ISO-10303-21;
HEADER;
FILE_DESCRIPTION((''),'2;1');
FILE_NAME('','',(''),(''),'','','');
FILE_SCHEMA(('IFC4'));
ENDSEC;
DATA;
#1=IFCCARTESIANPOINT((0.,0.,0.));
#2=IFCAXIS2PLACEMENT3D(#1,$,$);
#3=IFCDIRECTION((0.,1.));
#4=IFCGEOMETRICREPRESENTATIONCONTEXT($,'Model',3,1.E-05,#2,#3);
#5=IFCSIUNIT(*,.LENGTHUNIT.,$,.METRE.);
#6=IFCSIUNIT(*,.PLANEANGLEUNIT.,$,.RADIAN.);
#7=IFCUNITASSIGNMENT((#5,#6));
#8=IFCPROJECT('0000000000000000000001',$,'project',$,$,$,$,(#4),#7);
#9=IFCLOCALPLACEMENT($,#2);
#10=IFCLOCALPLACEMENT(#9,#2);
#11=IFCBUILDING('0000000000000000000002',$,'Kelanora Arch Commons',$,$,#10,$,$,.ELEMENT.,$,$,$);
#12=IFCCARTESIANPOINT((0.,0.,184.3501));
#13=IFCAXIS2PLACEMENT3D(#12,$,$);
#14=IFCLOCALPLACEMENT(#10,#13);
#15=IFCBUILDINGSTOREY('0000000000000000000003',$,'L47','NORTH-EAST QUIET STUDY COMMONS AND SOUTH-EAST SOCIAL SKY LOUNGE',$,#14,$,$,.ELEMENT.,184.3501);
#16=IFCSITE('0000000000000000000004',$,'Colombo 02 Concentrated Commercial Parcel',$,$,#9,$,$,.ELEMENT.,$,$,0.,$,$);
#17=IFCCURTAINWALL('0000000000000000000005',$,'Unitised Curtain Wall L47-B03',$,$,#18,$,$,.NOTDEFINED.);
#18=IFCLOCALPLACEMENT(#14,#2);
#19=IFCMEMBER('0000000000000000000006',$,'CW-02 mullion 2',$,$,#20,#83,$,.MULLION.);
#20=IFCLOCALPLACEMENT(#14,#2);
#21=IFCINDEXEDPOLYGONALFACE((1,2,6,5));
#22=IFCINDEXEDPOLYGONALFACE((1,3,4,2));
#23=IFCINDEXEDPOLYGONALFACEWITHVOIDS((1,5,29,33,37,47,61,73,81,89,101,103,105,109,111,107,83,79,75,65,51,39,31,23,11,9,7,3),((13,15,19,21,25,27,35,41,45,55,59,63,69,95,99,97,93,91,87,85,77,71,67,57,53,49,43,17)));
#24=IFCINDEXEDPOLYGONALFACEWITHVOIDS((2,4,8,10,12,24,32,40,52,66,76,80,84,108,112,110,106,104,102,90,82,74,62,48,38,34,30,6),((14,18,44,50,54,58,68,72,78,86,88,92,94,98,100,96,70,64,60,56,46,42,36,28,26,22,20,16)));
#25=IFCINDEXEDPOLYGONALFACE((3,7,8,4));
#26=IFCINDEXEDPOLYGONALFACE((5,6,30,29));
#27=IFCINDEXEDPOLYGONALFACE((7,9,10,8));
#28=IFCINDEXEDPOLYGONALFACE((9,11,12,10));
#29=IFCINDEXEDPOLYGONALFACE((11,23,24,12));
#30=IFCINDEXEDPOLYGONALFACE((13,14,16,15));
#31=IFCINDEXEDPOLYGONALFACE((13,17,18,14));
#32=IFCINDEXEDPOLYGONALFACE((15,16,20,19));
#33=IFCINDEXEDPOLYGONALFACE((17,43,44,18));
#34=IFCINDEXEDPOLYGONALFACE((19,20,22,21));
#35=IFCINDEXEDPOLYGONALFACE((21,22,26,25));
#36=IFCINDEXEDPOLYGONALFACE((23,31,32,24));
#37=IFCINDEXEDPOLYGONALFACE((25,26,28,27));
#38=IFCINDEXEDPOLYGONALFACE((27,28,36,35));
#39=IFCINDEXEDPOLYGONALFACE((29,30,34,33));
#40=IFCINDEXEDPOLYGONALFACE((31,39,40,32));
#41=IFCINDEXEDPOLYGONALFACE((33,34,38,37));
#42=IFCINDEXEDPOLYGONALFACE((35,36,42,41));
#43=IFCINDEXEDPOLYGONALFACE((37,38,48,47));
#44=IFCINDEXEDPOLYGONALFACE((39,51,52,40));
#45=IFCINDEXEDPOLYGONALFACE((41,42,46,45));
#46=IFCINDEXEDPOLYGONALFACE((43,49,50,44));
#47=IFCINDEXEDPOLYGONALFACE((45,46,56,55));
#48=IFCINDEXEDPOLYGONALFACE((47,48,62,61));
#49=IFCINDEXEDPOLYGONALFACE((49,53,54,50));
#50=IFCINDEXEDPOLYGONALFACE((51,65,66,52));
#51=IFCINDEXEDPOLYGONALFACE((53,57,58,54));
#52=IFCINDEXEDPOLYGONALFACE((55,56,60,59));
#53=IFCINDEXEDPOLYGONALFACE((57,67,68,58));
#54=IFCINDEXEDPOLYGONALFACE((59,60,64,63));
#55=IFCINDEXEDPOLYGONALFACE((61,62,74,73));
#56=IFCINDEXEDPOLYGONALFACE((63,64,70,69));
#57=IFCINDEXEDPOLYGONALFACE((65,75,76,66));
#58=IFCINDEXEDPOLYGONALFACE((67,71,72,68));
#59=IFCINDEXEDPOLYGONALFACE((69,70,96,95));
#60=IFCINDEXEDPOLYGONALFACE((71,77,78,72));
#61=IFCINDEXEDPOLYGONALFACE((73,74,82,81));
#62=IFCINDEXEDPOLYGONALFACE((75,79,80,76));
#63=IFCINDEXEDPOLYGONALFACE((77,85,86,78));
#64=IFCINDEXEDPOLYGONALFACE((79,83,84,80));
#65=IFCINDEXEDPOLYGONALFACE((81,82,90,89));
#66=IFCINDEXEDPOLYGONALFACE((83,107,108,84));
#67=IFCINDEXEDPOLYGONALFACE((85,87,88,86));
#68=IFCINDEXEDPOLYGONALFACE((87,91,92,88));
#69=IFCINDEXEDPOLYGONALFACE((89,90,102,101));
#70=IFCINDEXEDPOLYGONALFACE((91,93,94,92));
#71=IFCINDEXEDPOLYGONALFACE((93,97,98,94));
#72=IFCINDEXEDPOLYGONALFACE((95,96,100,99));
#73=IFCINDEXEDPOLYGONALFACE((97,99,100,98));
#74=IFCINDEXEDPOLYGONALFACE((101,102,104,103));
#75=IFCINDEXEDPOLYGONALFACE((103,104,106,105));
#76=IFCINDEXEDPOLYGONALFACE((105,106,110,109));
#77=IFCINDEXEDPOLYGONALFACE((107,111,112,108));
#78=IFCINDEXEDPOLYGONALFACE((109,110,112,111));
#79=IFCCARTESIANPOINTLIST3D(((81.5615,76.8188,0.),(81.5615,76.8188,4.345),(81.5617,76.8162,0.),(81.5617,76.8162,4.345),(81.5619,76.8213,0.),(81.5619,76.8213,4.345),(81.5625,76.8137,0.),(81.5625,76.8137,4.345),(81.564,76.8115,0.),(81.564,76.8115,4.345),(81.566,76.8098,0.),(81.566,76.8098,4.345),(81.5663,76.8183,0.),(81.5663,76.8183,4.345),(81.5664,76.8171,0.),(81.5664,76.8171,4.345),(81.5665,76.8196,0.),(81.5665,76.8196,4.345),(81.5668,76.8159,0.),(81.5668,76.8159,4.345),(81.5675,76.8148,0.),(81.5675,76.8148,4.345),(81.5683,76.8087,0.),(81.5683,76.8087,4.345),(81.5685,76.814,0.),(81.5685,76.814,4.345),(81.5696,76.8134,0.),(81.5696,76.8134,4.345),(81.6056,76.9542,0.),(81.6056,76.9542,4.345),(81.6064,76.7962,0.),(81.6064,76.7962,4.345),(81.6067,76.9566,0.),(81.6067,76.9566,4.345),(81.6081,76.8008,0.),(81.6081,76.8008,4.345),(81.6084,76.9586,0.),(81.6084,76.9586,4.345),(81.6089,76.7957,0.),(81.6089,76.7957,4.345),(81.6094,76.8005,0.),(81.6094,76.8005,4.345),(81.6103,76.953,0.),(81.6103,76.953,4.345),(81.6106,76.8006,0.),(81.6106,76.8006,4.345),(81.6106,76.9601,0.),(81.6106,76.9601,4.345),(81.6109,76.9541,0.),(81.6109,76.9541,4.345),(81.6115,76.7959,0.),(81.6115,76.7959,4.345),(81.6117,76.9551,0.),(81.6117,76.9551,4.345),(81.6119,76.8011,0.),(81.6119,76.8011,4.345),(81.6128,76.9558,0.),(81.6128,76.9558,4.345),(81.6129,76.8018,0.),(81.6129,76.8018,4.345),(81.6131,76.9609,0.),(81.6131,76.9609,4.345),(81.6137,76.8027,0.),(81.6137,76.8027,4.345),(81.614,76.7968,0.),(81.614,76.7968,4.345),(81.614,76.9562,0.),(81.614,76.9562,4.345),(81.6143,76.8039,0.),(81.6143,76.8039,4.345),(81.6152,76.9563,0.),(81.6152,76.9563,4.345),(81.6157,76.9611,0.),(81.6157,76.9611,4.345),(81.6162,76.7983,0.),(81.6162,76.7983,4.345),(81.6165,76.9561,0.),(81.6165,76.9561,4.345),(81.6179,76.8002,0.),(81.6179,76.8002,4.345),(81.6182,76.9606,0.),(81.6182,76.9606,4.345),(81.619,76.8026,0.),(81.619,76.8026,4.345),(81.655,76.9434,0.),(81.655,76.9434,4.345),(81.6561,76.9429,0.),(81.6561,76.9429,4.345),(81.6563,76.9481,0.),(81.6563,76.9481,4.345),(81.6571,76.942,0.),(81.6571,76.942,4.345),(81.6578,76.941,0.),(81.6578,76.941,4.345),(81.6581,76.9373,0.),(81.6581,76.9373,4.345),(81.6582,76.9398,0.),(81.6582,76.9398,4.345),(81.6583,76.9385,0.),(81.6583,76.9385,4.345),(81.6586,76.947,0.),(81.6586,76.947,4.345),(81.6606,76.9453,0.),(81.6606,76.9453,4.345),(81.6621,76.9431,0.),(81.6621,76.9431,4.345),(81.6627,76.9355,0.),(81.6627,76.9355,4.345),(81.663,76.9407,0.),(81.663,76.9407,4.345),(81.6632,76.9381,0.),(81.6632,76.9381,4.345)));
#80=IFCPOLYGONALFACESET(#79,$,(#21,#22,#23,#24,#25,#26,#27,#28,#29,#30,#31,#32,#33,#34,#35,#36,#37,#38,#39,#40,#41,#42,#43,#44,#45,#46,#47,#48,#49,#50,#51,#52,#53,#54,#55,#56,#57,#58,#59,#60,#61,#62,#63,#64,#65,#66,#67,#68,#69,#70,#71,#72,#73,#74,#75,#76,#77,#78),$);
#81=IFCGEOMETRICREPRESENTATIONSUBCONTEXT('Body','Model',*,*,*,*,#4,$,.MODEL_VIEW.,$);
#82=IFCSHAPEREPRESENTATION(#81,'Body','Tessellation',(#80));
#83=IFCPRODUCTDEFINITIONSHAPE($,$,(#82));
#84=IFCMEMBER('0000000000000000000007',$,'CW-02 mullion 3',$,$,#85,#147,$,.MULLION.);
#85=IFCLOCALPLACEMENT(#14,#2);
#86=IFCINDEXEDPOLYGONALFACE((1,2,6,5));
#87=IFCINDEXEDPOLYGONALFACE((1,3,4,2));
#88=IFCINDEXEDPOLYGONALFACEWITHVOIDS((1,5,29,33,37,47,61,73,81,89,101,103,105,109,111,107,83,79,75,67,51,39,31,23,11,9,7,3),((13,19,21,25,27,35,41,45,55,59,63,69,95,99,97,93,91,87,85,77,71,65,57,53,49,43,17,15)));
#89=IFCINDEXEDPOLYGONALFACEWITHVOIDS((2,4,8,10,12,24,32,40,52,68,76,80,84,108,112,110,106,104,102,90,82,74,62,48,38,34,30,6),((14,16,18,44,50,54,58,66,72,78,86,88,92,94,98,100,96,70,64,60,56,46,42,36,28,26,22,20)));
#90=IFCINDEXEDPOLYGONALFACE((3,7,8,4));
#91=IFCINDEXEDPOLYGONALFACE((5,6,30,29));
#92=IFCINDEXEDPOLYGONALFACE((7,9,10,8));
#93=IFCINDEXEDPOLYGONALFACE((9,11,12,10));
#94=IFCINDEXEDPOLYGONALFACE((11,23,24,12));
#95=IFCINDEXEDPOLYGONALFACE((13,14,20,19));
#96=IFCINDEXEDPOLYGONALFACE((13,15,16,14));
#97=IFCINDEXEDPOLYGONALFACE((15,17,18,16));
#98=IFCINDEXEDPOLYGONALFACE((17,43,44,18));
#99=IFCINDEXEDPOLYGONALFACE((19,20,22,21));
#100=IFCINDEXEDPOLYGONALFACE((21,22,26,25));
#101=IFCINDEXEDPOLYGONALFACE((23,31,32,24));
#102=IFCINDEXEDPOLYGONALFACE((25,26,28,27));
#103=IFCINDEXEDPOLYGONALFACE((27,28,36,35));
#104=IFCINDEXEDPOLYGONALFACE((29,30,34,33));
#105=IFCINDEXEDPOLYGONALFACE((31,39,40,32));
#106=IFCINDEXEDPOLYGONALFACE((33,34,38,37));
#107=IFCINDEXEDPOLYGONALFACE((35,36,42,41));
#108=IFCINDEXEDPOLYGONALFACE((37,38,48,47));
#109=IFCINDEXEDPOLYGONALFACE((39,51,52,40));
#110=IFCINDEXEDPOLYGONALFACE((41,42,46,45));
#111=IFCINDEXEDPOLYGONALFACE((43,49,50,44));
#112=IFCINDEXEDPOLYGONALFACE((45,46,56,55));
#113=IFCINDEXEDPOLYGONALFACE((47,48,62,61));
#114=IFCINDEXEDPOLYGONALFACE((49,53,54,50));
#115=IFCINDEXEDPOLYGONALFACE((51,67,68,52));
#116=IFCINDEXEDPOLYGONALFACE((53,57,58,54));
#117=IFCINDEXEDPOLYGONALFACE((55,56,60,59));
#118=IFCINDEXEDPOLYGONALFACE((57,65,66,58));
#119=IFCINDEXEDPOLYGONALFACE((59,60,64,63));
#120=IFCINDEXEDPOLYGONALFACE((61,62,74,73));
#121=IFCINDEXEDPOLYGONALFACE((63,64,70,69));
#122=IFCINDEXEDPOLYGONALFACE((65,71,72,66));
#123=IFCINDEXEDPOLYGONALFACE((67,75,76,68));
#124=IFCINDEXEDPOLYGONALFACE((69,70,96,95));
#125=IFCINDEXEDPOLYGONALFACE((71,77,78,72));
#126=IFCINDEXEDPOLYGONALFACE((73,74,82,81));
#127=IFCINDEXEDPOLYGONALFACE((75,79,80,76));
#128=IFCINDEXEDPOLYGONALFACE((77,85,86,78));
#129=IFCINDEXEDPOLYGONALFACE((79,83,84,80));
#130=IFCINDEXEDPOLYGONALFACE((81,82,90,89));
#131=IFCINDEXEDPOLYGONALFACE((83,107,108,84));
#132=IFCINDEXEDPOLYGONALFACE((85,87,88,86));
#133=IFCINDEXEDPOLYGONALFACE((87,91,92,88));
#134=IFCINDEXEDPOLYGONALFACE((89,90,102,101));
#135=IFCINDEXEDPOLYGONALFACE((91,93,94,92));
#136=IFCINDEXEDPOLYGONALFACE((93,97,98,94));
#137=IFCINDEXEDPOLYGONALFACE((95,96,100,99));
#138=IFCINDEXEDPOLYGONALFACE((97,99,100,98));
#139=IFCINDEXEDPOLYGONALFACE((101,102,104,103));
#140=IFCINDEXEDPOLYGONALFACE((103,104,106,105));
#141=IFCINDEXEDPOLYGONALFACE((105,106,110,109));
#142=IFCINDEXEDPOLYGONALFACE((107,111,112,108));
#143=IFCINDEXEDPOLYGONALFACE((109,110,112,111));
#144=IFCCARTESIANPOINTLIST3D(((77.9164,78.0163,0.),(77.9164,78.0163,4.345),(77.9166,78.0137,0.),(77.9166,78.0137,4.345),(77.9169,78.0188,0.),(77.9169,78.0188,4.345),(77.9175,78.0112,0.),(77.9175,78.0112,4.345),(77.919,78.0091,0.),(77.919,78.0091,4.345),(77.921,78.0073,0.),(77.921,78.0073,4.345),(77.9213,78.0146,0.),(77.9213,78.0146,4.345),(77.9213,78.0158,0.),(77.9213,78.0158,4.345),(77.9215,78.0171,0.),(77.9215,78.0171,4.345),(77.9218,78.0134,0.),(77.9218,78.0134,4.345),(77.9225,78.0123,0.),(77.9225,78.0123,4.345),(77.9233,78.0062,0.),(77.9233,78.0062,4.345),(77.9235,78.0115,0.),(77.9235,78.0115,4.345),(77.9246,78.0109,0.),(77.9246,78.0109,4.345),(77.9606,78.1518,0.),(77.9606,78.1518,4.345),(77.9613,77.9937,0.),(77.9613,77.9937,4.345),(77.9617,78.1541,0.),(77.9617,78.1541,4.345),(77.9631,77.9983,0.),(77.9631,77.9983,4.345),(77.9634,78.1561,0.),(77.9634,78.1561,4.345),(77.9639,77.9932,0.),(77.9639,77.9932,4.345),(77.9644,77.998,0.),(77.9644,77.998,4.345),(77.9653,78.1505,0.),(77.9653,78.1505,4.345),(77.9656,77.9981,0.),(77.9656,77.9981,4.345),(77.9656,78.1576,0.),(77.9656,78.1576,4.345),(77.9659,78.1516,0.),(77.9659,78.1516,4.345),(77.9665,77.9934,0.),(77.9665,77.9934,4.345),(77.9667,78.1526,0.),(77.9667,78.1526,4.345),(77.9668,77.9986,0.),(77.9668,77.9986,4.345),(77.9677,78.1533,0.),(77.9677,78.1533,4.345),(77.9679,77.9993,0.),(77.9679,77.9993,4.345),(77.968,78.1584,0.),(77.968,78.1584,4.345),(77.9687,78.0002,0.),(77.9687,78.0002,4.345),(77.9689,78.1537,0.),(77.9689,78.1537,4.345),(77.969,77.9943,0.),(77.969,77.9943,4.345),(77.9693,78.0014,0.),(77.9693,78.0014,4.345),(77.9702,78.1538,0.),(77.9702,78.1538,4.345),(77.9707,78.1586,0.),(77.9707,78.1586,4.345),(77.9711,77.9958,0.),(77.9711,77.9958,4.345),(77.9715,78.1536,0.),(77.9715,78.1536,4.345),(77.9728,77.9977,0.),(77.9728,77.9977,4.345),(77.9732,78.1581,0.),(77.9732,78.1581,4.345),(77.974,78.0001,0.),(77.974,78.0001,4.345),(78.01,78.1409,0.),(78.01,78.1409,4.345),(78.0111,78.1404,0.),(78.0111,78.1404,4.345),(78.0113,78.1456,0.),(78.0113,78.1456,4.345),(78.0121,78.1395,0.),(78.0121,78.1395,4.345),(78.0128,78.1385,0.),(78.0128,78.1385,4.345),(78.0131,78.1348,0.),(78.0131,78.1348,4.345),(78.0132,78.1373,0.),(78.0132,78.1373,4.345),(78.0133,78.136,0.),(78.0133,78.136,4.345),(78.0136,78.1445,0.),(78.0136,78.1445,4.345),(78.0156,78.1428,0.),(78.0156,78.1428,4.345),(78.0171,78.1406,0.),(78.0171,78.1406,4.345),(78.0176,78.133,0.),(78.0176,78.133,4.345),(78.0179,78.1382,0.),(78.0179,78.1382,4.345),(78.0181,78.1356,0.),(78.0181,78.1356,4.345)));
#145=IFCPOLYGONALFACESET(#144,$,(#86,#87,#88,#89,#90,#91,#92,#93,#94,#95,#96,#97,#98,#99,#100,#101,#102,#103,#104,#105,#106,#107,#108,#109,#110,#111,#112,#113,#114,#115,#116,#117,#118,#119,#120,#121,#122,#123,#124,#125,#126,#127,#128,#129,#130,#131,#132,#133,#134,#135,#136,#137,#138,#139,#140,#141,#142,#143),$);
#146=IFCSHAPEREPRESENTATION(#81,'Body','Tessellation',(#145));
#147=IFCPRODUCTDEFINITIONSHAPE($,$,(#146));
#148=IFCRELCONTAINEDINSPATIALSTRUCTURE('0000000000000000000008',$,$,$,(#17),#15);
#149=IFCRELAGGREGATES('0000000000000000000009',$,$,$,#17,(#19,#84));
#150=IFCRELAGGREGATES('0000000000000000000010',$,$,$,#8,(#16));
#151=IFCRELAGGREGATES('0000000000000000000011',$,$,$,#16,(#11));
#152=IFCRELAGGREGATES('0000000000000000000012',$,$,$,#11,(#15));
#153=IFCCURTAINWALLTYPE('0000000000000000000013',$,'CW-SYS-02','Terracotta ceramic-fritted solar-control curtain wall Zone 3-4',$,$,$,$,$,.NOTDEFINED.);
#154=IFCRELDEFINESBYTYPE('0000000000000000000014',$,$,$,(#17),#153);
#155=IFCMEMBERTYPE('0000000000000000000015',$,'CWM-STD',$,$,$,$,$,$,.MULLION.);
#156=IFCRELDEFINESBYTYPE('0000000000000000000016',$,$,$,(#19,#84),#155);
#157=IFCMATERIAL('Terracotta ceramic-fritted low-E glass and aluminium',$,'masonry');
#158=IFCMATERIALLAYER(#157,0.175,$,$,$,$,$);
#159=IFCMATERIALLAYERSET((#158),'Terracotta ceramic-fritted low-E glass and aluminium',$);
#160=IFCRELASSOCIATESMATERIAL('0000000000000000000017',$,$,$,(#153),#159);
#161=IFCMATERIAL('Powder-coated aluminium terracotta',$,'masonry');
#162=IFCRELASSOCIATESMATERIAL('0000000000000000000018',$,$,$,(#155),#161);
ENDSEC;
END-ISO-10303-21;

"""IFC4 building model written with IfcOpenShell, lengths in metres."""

from ifc_helpers import new_model, si_unit, direction, frame, origin, origin_2d, place, context, subcontext, project, spatial, hollow_rectangle, extrude, material, layer, layer_set, material_profile, profile_set, type_object, element, aggregate, save


model = new_model("IFC4")

# Units and contexts
model_context = context("Model", 3, precision=1e-05, world=origin(), true_north=direction((0.0, 1.0)))
body_context = subcontext(model_context, "Body", "Model", "MODEL_VIEW")
ifc_project = project(units=[si_unit("LENGTHUNIT", "METRE"), si_unit("PLANEANGLEUNIT", "RADIAN")], contexts=[model_context])

# Site, building, storey
site_placement = place(None, origin())
site = spatial("IfcSite", under=ifc_project, at=site_placement, Name="Colombo 02 Concentrated Commercial Parcel", CompositionType="ELEMENT", RefElevation=0.0)
building_placement = place(site_placement, origin())
building = spatial("IfcBuilding", under=site, at=building_placement, Name="Kelanora Arch Commons", CompositionType="ELEMENT")
storey_placement = place(building_placement, frame((0.0, 0.0, 184.3501)))
storey = spatial("IfcBuildingStorey", under=building, at=storey_placement, Name="L47", Description="NORTH-EAST QUIET STUDY COMMONS AND SOUTH-EAST SOCIAL SKY LOUNGE", CompositionType="ELEMENT", Elevation=184.3501)

# Curtain wall, members
ifc_material_1 = material(Name="Terracotta ceramic-fritted low-E glass and aluminium", Category="masonry")
ifc_layer_1 = layer(ifc_material_1, 0.175)
ifc_layer_set_1 = layer_set([ifc_layer_1], Name="Terracotta ceramic-fritted low-E glass and aluminium")
curtain_wall_type = type_object("IfcCurtainWallType", Name="CW-SYS-02", Description="Terracotta ceramic-fritted solar-control curtain wall Zone 3-4", PredefinedType="NOTDEFINED", material=ifc_layer_set_1)
curtain_wall_placement = place(storey_placement, origin())
curtain_wall = element("IfcCurtainWall", 1, at=curtain_wall_placement, inside=storey, type_object=curtain_wall_type, Name="Unitised Curtain Wall L47-B03", PredefinedType="NOTDEFINED")
ifc_material_2 = material(Name="Powder-coated aluminium terracotta", Category="masonry")
ifc_material_profile_1 = material_profile(ifc_material_2, hollow_rectangle(XDim=0.1599, YDim=0.0601, WallThickness=0.0049, InnerFilletRadius=0.0049, OuterFilletRadius=0.01, at=origin_2d()), Name="CWM160x60")
ifc_profile_set_1 = profile_set([ifc_material_profile_1], Name="Powder-coated aluminium terracotta")
member_type_1 = type_object("IfcMemberType", Name="CWM-STD", PredefinedType="MULLION", material=ifc_profile_set_1)
member_1_placement = place(storey_placement, frame((81.6123, 76.8784, 0.0), z_axis=(0.0, 0.0, 1.0), x_axis=(-0.312128, -0.95004, 0.0)))
member_1 = element("IfcMember", 2, at=member_1_placement, type_object=member_type_1, Name="CW-02 mullion 2", PredefinedType="MULLION", context=body_context, shape_type="SweptSolid", body=[
    extrude(hollow_rectangle(XDim=0.1599, YDim=0.0601, WallThickness=0.0049, InnerFilletRadius=0.0049, OuterFilletRadius=0.01, at=origin_2d()), origin(), (0.0, 0.0, 1.0), 4.345),
])
member_2_placement = place(storey_placement, frame((77.9673, 78.0759, 0.0), z_axis=(0.0, 0.0, 1.0), x_axis=(-0.312128, -0.95004, 0.0)))
member_2 = element("IfcMember", 3, at=member_2_placement, type_object=member_type_1, Name="CW-02 mullion 3", PredefinedType="MULLION", context=body_context, shape_type="SweptSolid", body=[
    extrude(hollow_rectangle(XDim=0.1599, YDim=0.0601, WallThickness=0.0049, InnerFilletRadius=0.0049, OuterFilletRadius=0.01, at=origin_2d()), origin(), (0.0, 0.0, 1.0), 4.345),
])
aggregate(curtain_wall, [member_1, member_2])

save(model, "model.ifc")
